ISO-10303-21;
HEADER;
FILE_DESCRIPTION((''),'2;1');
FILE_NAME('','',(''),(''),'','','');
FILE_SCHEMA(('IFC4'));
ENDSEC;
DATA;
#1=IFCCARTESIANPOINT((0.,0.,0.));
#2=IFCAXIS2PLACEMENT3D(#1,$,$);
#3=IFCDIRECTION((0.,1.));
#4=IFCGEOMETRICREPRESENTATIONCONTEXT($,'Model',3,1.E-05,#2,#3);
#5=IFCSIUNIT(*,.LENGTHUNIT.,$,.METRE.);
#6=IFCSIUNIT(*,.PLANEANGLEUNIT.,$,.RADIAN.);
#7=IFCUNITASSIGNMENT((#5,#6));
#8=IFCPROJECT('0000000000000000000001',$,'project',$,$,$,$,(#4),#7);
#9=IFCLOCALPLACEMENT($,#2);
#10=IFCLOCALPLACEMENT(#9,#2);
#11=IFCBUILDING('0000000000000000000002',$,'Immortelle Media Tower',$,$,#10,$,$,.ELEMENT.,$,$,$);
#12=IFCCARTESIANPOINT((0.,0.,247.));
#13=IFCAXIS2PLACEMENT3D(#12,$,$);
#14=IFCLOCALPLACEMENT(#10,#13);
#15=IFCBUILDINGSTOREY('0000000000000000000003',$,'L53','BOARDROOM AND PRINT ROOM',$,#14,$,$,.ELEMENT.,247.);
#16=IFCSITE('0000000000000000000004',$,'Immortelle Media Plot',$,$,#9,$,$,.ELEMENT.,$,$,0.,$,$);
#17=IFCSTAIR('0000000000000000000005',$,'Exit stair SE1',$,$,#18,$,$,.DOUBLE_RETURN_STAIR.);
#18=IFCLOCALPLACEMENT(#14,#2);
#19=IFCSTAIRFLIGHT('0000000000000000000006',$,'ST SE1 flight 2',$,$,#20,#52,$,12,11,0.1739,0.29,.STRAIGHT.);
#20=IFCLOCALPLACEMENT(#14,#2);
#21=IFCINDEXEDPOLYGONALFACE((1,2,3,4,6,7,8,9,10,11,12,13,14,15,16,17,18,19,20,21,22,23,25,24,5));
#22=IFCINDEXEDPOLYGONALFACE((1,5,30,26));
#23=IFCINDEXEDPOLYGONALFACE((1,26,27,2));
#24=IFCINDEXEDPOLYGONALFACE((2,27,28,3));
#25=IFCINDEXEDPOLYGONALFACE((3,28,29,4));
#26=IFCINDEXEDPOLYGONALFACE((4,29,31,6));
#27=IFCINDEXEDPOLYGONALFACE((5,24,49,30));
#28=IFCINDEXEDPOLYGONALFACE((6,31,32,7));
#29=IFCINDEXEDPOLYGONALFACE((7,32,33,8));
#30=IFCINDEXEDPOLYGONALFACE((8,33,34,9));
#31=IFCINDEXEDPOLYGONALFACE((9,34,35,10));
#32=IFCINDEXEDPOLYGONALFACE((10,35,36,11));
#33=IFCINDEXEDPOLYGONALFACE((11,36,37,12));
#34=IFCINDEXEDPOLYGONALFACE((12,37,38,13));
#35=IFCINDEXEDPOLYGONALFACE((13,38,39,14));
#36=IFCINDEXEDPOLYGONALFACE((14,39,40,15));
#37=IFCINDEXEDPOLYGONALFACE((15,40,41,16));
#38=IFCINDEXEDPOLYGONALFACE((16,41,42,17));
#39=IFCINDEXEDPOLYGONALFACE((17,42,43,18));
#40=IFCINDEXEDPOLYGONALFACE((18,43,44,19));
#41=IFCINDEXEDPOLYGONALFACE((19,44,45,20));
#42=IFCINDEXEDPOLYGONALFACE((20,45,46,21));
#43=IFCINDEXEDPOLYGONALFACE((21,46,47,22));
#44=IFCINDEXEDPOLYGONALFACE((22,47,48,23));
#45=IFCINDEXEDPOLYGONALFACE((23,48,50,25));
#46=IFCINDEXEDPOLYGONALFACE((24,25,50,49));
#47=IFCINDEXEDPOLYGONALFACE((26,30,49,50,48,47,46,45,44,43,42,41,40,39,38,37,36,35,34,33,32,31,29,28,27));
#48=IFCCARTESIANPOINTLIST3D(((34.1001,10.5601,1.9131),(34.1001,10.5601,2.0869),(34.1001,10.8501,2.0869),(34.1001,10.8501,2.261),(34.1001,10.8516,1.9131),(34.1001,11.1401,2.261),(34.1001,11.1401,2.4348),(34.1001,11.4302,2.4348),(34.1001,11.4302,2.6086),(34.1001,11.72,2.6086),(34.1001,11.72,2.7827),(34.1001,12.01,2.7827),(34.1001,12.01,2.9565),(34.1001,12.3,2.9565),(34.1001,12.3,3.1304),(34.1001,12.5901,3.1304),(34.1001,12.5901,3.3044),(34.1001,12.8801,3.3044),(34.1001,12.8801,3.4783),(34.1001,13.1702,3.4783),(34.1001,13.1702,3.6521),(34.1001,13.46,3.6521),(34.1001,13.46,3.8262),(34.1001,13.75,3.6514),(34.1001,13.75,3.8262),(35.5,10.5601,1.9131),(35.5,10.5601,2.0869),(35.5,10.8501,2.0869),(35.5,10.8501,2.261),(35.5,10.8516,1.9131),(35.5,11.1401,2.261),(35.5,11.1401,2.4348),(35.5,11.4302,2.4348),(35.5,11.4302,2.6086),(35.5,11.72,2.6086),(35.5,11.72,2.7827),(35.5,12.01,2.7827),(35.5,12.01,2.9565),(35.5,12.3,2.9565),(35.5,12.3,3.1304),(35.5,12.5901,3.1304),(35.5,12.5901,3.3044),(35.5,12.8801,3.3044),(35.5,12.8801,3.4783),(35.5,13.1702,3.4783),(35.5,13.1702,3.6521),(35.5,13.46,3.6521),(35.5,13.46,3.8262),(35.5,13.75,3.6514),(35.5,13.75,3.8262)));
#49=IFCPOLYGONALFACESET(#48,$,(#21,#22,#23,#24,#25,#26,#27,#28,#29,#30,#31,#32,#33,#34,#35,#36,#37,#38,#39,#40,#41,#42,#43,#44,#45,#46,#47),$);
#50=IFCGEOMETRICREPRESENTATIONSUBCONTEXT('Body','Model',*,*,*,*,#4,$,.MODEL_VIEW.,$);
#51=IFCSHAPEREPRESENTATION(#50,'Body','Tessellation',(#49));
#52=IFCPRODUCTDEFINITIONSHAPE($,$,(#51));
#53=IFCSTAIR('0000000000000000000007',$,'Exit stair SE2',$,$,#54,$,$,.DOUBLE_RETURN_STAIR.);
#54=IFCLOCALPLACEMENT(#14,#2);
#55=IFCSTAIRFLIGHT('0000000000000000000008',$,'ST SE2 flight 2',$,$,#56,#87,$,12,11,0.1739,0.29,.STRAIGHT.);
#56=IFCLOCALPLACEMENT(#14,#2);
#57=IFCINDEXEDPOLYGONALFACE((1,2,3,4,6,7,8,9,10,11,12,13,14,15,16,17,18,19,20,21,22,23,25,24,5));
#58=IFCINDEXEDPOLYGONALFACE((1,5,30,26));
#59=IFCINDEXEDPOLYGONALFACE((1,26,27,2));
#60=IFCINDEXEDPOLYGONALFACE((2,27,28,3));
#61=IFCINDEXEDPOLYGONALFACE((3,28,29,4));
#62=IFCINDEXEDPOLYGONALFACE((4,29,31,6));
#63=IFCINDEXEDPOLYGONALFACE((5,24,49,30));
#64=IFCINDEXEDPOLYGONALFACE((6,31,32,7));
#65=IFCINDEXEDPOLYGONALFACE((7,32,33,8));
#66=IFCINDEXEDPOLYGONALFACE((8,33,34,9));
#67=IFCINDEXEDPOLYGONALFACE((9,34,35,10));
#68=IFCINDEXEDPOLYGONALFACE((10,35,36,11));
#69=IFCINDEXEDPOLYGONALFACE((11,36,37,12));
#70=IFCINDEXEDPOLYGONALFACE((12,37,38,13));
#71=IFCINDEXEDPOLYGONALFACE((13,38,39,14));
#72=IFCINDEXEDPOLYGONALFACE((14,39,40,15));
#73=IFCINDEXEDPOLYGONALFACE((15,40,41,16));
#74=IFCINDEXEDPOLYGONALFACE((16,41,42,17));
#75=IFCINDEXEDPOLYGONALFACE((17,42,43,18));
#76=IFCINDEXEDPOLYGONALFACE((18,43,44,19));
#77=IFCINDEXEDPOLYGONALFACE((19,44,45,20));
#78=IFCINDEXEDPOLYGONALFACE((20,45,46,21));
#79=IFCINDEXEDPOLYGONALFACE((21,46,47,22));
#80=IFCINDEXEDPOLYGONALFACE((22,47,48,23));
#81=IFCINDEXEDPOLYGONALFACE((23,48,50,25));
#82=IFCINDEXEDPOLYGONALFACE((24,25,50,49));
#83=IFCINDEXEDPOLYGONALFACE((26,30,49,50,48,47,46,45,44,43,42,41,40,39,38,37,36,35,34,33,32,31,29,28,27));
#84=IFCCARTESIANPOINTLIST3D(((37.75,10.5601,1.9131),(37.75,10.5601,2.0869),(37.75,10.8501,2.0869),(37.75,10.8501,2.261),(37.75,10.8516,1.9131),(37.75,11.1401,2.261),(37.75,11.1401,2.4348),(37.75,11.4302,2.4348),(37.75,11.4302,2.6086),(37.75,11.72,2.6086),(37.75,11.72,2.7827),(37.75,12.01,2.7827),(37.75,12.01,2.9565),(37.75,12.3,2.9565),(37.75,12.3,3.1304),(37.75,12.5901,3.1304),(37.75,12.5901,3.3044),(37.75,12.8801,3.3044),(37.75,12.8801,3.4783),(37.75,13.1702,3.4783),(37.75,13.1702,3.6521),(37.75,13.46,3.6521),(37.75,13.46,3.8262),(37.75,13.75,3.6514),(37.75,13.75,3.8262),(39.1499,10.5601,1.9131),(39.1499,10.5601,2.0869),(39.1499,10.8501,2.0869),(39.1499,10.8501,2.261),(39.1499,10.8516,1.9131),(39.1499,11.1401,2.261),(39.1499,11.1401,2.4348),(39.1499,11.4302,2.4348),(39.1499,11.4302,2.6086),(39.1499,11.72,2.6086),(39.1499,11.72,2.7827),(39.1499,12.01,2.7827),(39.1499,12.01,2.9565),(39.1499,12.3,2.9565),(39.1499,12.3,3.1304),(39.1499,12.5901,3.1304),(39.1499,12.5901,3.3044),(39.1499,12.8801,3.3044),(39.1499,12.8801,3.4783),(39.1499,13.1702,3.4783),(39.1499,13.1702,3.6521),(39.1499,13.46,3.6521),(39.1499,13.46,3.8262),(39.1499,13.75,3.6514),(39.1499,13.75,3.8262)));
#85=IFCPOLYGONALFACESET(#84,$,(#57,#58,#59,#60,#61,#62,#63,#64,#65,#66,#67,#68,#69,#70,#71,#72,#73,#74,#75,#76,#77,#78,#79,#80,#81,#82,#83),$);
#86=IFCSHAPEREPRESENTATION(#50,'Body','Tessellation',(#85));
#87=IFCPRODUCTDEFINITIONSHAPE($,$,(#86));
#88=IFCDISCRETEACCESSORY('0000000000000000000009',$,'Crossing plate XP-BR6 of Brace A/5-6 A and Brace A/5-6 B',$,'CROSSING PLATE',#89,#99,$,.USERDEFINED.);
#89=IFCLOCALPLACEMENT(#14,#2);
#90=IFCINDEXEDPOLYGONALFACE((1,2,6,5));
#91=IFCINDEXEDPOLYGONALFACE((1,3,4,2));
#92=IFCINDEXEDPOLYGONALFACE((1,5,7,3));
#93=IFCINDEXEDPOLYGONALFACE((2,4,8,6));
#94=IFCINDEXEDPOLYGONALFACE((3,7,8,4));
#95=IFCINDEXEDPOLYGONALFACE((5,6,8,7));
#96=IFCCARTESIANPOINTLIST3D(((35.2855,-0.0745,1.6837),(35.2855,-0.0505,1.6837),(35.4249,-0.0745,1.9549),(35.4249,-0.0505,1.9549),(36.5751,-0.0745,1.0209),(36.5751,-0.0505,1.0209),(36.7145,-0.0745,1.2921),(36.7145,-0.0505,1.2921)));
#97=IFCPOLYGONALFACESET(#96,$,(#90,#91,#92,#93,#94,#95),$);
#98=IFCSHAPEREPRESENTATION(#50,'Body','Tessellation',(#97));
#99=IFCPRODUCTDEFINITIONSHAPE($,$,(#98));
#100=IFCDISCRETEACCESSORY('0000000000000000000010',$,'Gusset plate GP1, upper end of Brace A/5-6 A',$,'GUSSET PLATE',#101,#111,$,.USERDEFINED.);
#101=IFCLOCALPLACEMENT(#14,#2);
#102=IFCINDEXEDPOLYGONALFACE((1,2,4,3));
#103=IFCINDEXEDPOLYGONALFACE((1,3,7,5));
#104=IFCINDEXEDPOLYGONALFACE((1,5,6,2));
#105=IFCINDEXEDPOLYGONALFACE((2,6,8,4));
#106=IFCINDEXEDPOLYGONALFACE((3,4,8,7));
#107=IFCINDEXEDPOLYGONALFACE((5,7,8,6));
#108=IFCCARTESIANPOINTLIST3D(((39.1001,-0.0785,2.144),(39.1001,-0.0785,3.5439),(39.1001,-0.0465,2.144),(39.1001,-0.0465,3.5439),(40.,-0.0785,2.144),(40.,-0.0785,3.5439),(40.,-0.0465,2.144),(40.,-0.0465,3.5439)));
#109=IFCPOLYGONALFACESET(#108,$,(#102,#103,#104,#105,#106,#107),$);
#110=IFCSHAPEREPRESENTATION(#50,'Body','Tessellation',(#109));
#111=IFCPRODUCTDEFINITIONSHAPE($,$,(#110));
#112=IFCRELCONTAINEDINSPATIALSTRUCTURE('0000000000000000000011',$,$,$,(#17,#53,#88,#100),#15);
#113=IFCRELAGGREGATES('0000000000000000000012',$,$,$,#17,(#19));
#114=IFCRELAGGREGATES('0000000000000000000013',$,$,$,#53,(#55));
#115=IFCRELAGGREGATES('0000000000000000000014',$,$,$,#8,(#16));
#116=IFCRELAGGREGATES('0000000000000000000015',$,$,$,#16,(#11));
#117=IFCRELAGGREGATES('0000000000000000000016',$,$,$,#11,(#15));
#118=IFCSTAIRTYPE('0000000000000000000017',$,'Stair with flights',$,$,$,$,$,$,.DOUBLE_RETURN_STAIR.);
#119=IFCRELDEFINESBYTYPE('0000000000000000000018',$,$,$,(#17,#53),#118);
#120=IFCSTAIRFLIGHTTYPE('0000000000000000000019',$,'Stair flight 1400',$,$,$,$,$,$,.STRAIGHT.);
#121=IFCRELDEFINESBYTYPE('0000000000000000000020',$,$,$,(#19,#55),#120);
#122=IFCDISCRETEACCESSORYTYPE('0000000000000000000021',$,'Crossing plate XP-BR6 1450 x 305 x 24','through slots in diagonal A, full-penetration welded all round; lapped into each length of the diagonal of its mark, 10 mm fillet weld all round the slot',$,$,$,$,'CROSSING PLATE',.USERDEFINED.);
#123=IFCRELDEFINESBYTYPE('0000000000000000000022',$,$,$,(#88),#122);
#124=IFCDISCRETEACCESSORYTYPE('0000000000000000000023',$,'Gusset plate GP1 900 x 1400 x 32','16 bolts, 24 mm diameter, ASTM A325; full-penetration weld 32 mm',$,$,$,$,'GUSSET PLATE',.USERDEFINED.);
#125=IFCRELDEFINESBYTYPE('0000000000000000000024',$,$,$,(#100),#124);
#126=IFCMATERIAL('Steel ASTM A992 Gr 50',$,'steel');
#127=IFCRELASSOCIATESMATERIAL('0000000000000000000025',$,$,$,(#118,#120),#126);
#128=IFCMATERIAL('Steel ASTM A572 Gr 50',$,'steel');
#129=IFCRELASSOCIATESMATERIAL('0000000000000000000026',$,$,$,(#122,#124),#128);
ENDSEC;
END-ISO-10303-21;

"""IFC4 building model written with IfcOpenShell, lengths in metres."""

from ifc_helpers import new_model, si_unit, direction, frame, origin, origin_2d, place, context, subcontext, project, spatial, polyline, rectangle, outline, extrude, material, material_profile, profile_set, type_object, element, aggregate, save


model = new_model("IFC4")

# Units and contexts
model_context = context("Model", 3, precision=1e-05, world=origin(), true_north=direction((0.0, 1.0)))
body_context = subcontext(model_context, "Body", "Model", "MODEL_VIEW")
ifc_project = project(units=[si_unit("LENGTHUNIT", "METRE"), si_unit("PLANEANGLEUNIT", "RADIAN")], contexts=[model_context])

# Site, building, storey
site_placement = place(None, origin())
site = spatial("IfcSite", under=ifc_project, at=site_placement, Name="Immortelle Media Plot", CompositionType="ELEMENT", RefElevation=0.0)
building_placement = place(site_placement, origin())
building = spatial("IfcBuilding", under=site, at=building_placement, Name="Immortelle Media Tower", CompositionType="ELEMENT")
storey_placement = place(building_placement, frame((0.0, 0.0, 247.0)))
storey = spatial("IfcBuildingStorey", under=building, at=storey_placement, Name="L53", Description="BOARDROOM AND PRINT ROOM", CompositionType="ELEMENT", Elevation=247.0)

# Shared definitions
ifc_material_1 = material(Name="Steel ASTM A992 Gr 50", Category="steel")

# Stairs, stair flights
stair_type = type_object("IfcStairType", Name="Stair with flights", PredefinedType="DOUBLE_RETURN_STAIR", material=ifc_material_1)
stair_1_placement = place(storey_placement, origin())
stair_1 = element("IfcStair", 1, at=stair_1_placement, inside=storey, type_object=stair_type, Name="Exit stair SE1", PredefinedType="DOUBLE_RETURN_STAIR")
stair_flight_type = type_object("IfcStairFlightType", Name="Stair flight 1400", PredefinedType="STRAIGHT", material=ifc_material_1)
stair_flight_1_placement = place(storey_placement, frame((34.8, 10.5601, 1.9131), z_axis=(0.0, 0.0, 1.0), x_axis=(0.0, 1.0, 0.0)))
stair_flight_1 = element("IfcStairFlight", 2, at=stair_flight_1_placement, type_object=stair_flight_type, Name="ST SE1 flight 2", NumberOfRisers=12, NumberOfTreads=11, PredefinedType="STRAIGHT", RiserHeight=0.1739, TreadLength=0.29, context=body_context, shape_type="SweptSolid", body=[
    extrude(outline(polyline([(0.0, 0.0), (0.0, 0.1738), (0.29, 0.1738), (0.29, 0.3479), (0.5801, 0.3479), (0.5801, 0.5217), (0.8701, 0.5217), (0.8701, 0.6956), (1.1599, 0.6956), (1.1599, 0.8696), (1.45, 0.8696), (1.45, 1.0435), (1.74, 1.0435), (1.74, 1.2173), (2.03, 1.2173), (2.03, 1.3914), (2.3201, 1.3914), (2.3201, 1.5652), (2.6101, 1.5652), (2.6101, 1.739), (2.8999, 1.739), (2.8999, 1.9131), (3.1899, 1.9131), (3.1899, 2.0869), (3.1899, 1.7383), (0.2915, 0.0), (0.0, 0.0)])), frame((0.0, 0.7, 0.0), z_axis=(0.0, -1.0, 0.0), x_axis=(1.0, 0.0, 0.0)), (0.0, 0.0, 1.0), 1.3999),
])
aggregate(stair_1, [stair_flight_1])
stair_2_placement = place(storey_placement, origin())
stair_2 = element("IfcStair", 3, at=stair_2_placement, inside=storey, type_object=stair_type, Name="Exit stair SE2", PredefinedType="DOUBLE_RETURN_STAIR")
stair_flight_2_placement = place(storey_placement, frame((38.45, 10.5601, 1.9131), z_axis=(0.0, 0.0, 1.0), x_axis=(0.0, 1.0, 0.0)))
stair_flight_2 = element("IfcStairFlight", 4, at=stair_flight_2_placement, type_object=stair_flight_type, Name="ST SE2 flight 2", NumberOfRisers=12, NumberOfTreads=11, PredefinedType="STRAIGHT", RiserHeight=0.1739, TreadLength=0.29, context=body_context, shape_type="SweptSolid", body=[
    extrude(outline(polyline([(0.0, 0.0), (0.0, 0.1738), (0.29, 0.1738), (0.29, 0.3479), (0.5801, 0.3479), (0.5801, 0.5217), (0.8701, 0.5217), (0.8701, 0.6956), (1.1599, 0.6956), (1.1599, 0.8696), (1.45, 0.8696), (1.45, 1.0435), (1.74, 1.0435), (1.74, 1.2173), (2.03, 1.2173), (2.03, 1.3914), (2.3201, 1.3914), (2.3201, 1.5652), (2.6101, 1.5652), (2.6101, 1.739), (2.8999, 1.739), (2.8999, 1.9131), (3.1899, 1.9131), (3.1899, 2.0869), (3.1899, 1.7383), (0.2915, 0.0), (0.0, 0.0)])), frame((0.0, 0.7, 0.0), z_axis=(0.0, -1.0, 0.0), x_axis=(1.0, 0.0, 0.0)), (0.0, 0.0, 1.0), 1.3999),
])
aggregate(stair_2, [stair_flight_2])

# Discrete accessories
ifc_material_2 = material(Name="Steel ASTM A572 Gr 50", Category="steel")
ifc_material_profile_1 = material_profile(ifc_material_2, rectangle(XDim=0.0239, YDim=0.3049, at=origin_2d()), Name="PL 24 x 305")
ifc_profile_set_1 = profile_set([ifc_material_profile_1], Name="Steel ASTM A572 Gr 50")
discrete_accessory_type_1 = type_object("IfcDiscreteAccessoryType", Name="Crossing plate XP-BR6 1450 x 305 x 24", Description="through slots in diagonal A, full-penetration welded all round; lapped into each length of the diagonal of its mark, 10 mm fillet weld all round the slot", ElementType="CROSSING PLATE", PredefinedType="USERDEFINED", material=ifc_profile_set_1)
discrete_accessory_1_placement = place(storey_placement, frame((35.3552, -0.0625, 1.8193), z_axis=(0.889388, 0.0, -0.457154), x_axis=(0.0, 1.0, 0.0)))
element("IfcDiscreteAccessory", 5, at=discrete_accessory_1_placement, inside=storey, type_object=discrete_accessory_type_1, Name="Crossing plate XP-BR6 of Brace A/5-6 A and Brace A/5-6 B", ObjectType="CROSSING PLATE", PredefinedType="USERDEFINED", context=body_context, shape_type="SweptSolid", body=[
    extrude(rectangle(XDim=0.0239, YDim=0.3049, at=origin_2d()), origin(), (0.0, 0.0, 1.0), 1.45),
])
ifc_material_profile_2 = material_profile(ifc_material_2, rectangle(XDim=0.032, YDim=1.3999, at=origin_2d()), Name="PL 32 x 1400")
ifc_profile_set_2 = profile_set([ifc_material_profile_2], Name="Steel ASTM A572 Gr 50")
discrete_accessory_type_2 = type_object("IfcDiscreteAccessoryType", Name="Gusset plate GP1 900 x 1400 x 32", Description="16 bolts, 24 mm diameter, ASTM A325; full-penetration weld 32 mm", ElementType="GUSSET PLATE", PredefinedType="USERDEFINED", material=ifc_profile_set_2)
discrete_accessory_2_placement = place(storey_placement, frame((40.0, -0.0625, 2.844), z_axis=(-1.0, 0.0, 0.0), x_axis=(0.0, -1.0, 0.0)))
element("IfcDiscreteAccessory", 6, at=discrete_accessory_2_placement, inside=storey, type_object=discrete_accessory_type_2, Name="Gusset plate GP1, upper end of Brace A/5-6 A", ObjectType="GUSSET PLATE", PredefinedType="USERDEFINED", context=body_context, shape_type="SweptSolid", body=[
    extrude(rectangle(XDim=0.032, YDim=1.3999, at=origin_2d()), origin(), (0.0, 0.0, 1.0), 0.8999),
])

save(model, "model.ifc")
